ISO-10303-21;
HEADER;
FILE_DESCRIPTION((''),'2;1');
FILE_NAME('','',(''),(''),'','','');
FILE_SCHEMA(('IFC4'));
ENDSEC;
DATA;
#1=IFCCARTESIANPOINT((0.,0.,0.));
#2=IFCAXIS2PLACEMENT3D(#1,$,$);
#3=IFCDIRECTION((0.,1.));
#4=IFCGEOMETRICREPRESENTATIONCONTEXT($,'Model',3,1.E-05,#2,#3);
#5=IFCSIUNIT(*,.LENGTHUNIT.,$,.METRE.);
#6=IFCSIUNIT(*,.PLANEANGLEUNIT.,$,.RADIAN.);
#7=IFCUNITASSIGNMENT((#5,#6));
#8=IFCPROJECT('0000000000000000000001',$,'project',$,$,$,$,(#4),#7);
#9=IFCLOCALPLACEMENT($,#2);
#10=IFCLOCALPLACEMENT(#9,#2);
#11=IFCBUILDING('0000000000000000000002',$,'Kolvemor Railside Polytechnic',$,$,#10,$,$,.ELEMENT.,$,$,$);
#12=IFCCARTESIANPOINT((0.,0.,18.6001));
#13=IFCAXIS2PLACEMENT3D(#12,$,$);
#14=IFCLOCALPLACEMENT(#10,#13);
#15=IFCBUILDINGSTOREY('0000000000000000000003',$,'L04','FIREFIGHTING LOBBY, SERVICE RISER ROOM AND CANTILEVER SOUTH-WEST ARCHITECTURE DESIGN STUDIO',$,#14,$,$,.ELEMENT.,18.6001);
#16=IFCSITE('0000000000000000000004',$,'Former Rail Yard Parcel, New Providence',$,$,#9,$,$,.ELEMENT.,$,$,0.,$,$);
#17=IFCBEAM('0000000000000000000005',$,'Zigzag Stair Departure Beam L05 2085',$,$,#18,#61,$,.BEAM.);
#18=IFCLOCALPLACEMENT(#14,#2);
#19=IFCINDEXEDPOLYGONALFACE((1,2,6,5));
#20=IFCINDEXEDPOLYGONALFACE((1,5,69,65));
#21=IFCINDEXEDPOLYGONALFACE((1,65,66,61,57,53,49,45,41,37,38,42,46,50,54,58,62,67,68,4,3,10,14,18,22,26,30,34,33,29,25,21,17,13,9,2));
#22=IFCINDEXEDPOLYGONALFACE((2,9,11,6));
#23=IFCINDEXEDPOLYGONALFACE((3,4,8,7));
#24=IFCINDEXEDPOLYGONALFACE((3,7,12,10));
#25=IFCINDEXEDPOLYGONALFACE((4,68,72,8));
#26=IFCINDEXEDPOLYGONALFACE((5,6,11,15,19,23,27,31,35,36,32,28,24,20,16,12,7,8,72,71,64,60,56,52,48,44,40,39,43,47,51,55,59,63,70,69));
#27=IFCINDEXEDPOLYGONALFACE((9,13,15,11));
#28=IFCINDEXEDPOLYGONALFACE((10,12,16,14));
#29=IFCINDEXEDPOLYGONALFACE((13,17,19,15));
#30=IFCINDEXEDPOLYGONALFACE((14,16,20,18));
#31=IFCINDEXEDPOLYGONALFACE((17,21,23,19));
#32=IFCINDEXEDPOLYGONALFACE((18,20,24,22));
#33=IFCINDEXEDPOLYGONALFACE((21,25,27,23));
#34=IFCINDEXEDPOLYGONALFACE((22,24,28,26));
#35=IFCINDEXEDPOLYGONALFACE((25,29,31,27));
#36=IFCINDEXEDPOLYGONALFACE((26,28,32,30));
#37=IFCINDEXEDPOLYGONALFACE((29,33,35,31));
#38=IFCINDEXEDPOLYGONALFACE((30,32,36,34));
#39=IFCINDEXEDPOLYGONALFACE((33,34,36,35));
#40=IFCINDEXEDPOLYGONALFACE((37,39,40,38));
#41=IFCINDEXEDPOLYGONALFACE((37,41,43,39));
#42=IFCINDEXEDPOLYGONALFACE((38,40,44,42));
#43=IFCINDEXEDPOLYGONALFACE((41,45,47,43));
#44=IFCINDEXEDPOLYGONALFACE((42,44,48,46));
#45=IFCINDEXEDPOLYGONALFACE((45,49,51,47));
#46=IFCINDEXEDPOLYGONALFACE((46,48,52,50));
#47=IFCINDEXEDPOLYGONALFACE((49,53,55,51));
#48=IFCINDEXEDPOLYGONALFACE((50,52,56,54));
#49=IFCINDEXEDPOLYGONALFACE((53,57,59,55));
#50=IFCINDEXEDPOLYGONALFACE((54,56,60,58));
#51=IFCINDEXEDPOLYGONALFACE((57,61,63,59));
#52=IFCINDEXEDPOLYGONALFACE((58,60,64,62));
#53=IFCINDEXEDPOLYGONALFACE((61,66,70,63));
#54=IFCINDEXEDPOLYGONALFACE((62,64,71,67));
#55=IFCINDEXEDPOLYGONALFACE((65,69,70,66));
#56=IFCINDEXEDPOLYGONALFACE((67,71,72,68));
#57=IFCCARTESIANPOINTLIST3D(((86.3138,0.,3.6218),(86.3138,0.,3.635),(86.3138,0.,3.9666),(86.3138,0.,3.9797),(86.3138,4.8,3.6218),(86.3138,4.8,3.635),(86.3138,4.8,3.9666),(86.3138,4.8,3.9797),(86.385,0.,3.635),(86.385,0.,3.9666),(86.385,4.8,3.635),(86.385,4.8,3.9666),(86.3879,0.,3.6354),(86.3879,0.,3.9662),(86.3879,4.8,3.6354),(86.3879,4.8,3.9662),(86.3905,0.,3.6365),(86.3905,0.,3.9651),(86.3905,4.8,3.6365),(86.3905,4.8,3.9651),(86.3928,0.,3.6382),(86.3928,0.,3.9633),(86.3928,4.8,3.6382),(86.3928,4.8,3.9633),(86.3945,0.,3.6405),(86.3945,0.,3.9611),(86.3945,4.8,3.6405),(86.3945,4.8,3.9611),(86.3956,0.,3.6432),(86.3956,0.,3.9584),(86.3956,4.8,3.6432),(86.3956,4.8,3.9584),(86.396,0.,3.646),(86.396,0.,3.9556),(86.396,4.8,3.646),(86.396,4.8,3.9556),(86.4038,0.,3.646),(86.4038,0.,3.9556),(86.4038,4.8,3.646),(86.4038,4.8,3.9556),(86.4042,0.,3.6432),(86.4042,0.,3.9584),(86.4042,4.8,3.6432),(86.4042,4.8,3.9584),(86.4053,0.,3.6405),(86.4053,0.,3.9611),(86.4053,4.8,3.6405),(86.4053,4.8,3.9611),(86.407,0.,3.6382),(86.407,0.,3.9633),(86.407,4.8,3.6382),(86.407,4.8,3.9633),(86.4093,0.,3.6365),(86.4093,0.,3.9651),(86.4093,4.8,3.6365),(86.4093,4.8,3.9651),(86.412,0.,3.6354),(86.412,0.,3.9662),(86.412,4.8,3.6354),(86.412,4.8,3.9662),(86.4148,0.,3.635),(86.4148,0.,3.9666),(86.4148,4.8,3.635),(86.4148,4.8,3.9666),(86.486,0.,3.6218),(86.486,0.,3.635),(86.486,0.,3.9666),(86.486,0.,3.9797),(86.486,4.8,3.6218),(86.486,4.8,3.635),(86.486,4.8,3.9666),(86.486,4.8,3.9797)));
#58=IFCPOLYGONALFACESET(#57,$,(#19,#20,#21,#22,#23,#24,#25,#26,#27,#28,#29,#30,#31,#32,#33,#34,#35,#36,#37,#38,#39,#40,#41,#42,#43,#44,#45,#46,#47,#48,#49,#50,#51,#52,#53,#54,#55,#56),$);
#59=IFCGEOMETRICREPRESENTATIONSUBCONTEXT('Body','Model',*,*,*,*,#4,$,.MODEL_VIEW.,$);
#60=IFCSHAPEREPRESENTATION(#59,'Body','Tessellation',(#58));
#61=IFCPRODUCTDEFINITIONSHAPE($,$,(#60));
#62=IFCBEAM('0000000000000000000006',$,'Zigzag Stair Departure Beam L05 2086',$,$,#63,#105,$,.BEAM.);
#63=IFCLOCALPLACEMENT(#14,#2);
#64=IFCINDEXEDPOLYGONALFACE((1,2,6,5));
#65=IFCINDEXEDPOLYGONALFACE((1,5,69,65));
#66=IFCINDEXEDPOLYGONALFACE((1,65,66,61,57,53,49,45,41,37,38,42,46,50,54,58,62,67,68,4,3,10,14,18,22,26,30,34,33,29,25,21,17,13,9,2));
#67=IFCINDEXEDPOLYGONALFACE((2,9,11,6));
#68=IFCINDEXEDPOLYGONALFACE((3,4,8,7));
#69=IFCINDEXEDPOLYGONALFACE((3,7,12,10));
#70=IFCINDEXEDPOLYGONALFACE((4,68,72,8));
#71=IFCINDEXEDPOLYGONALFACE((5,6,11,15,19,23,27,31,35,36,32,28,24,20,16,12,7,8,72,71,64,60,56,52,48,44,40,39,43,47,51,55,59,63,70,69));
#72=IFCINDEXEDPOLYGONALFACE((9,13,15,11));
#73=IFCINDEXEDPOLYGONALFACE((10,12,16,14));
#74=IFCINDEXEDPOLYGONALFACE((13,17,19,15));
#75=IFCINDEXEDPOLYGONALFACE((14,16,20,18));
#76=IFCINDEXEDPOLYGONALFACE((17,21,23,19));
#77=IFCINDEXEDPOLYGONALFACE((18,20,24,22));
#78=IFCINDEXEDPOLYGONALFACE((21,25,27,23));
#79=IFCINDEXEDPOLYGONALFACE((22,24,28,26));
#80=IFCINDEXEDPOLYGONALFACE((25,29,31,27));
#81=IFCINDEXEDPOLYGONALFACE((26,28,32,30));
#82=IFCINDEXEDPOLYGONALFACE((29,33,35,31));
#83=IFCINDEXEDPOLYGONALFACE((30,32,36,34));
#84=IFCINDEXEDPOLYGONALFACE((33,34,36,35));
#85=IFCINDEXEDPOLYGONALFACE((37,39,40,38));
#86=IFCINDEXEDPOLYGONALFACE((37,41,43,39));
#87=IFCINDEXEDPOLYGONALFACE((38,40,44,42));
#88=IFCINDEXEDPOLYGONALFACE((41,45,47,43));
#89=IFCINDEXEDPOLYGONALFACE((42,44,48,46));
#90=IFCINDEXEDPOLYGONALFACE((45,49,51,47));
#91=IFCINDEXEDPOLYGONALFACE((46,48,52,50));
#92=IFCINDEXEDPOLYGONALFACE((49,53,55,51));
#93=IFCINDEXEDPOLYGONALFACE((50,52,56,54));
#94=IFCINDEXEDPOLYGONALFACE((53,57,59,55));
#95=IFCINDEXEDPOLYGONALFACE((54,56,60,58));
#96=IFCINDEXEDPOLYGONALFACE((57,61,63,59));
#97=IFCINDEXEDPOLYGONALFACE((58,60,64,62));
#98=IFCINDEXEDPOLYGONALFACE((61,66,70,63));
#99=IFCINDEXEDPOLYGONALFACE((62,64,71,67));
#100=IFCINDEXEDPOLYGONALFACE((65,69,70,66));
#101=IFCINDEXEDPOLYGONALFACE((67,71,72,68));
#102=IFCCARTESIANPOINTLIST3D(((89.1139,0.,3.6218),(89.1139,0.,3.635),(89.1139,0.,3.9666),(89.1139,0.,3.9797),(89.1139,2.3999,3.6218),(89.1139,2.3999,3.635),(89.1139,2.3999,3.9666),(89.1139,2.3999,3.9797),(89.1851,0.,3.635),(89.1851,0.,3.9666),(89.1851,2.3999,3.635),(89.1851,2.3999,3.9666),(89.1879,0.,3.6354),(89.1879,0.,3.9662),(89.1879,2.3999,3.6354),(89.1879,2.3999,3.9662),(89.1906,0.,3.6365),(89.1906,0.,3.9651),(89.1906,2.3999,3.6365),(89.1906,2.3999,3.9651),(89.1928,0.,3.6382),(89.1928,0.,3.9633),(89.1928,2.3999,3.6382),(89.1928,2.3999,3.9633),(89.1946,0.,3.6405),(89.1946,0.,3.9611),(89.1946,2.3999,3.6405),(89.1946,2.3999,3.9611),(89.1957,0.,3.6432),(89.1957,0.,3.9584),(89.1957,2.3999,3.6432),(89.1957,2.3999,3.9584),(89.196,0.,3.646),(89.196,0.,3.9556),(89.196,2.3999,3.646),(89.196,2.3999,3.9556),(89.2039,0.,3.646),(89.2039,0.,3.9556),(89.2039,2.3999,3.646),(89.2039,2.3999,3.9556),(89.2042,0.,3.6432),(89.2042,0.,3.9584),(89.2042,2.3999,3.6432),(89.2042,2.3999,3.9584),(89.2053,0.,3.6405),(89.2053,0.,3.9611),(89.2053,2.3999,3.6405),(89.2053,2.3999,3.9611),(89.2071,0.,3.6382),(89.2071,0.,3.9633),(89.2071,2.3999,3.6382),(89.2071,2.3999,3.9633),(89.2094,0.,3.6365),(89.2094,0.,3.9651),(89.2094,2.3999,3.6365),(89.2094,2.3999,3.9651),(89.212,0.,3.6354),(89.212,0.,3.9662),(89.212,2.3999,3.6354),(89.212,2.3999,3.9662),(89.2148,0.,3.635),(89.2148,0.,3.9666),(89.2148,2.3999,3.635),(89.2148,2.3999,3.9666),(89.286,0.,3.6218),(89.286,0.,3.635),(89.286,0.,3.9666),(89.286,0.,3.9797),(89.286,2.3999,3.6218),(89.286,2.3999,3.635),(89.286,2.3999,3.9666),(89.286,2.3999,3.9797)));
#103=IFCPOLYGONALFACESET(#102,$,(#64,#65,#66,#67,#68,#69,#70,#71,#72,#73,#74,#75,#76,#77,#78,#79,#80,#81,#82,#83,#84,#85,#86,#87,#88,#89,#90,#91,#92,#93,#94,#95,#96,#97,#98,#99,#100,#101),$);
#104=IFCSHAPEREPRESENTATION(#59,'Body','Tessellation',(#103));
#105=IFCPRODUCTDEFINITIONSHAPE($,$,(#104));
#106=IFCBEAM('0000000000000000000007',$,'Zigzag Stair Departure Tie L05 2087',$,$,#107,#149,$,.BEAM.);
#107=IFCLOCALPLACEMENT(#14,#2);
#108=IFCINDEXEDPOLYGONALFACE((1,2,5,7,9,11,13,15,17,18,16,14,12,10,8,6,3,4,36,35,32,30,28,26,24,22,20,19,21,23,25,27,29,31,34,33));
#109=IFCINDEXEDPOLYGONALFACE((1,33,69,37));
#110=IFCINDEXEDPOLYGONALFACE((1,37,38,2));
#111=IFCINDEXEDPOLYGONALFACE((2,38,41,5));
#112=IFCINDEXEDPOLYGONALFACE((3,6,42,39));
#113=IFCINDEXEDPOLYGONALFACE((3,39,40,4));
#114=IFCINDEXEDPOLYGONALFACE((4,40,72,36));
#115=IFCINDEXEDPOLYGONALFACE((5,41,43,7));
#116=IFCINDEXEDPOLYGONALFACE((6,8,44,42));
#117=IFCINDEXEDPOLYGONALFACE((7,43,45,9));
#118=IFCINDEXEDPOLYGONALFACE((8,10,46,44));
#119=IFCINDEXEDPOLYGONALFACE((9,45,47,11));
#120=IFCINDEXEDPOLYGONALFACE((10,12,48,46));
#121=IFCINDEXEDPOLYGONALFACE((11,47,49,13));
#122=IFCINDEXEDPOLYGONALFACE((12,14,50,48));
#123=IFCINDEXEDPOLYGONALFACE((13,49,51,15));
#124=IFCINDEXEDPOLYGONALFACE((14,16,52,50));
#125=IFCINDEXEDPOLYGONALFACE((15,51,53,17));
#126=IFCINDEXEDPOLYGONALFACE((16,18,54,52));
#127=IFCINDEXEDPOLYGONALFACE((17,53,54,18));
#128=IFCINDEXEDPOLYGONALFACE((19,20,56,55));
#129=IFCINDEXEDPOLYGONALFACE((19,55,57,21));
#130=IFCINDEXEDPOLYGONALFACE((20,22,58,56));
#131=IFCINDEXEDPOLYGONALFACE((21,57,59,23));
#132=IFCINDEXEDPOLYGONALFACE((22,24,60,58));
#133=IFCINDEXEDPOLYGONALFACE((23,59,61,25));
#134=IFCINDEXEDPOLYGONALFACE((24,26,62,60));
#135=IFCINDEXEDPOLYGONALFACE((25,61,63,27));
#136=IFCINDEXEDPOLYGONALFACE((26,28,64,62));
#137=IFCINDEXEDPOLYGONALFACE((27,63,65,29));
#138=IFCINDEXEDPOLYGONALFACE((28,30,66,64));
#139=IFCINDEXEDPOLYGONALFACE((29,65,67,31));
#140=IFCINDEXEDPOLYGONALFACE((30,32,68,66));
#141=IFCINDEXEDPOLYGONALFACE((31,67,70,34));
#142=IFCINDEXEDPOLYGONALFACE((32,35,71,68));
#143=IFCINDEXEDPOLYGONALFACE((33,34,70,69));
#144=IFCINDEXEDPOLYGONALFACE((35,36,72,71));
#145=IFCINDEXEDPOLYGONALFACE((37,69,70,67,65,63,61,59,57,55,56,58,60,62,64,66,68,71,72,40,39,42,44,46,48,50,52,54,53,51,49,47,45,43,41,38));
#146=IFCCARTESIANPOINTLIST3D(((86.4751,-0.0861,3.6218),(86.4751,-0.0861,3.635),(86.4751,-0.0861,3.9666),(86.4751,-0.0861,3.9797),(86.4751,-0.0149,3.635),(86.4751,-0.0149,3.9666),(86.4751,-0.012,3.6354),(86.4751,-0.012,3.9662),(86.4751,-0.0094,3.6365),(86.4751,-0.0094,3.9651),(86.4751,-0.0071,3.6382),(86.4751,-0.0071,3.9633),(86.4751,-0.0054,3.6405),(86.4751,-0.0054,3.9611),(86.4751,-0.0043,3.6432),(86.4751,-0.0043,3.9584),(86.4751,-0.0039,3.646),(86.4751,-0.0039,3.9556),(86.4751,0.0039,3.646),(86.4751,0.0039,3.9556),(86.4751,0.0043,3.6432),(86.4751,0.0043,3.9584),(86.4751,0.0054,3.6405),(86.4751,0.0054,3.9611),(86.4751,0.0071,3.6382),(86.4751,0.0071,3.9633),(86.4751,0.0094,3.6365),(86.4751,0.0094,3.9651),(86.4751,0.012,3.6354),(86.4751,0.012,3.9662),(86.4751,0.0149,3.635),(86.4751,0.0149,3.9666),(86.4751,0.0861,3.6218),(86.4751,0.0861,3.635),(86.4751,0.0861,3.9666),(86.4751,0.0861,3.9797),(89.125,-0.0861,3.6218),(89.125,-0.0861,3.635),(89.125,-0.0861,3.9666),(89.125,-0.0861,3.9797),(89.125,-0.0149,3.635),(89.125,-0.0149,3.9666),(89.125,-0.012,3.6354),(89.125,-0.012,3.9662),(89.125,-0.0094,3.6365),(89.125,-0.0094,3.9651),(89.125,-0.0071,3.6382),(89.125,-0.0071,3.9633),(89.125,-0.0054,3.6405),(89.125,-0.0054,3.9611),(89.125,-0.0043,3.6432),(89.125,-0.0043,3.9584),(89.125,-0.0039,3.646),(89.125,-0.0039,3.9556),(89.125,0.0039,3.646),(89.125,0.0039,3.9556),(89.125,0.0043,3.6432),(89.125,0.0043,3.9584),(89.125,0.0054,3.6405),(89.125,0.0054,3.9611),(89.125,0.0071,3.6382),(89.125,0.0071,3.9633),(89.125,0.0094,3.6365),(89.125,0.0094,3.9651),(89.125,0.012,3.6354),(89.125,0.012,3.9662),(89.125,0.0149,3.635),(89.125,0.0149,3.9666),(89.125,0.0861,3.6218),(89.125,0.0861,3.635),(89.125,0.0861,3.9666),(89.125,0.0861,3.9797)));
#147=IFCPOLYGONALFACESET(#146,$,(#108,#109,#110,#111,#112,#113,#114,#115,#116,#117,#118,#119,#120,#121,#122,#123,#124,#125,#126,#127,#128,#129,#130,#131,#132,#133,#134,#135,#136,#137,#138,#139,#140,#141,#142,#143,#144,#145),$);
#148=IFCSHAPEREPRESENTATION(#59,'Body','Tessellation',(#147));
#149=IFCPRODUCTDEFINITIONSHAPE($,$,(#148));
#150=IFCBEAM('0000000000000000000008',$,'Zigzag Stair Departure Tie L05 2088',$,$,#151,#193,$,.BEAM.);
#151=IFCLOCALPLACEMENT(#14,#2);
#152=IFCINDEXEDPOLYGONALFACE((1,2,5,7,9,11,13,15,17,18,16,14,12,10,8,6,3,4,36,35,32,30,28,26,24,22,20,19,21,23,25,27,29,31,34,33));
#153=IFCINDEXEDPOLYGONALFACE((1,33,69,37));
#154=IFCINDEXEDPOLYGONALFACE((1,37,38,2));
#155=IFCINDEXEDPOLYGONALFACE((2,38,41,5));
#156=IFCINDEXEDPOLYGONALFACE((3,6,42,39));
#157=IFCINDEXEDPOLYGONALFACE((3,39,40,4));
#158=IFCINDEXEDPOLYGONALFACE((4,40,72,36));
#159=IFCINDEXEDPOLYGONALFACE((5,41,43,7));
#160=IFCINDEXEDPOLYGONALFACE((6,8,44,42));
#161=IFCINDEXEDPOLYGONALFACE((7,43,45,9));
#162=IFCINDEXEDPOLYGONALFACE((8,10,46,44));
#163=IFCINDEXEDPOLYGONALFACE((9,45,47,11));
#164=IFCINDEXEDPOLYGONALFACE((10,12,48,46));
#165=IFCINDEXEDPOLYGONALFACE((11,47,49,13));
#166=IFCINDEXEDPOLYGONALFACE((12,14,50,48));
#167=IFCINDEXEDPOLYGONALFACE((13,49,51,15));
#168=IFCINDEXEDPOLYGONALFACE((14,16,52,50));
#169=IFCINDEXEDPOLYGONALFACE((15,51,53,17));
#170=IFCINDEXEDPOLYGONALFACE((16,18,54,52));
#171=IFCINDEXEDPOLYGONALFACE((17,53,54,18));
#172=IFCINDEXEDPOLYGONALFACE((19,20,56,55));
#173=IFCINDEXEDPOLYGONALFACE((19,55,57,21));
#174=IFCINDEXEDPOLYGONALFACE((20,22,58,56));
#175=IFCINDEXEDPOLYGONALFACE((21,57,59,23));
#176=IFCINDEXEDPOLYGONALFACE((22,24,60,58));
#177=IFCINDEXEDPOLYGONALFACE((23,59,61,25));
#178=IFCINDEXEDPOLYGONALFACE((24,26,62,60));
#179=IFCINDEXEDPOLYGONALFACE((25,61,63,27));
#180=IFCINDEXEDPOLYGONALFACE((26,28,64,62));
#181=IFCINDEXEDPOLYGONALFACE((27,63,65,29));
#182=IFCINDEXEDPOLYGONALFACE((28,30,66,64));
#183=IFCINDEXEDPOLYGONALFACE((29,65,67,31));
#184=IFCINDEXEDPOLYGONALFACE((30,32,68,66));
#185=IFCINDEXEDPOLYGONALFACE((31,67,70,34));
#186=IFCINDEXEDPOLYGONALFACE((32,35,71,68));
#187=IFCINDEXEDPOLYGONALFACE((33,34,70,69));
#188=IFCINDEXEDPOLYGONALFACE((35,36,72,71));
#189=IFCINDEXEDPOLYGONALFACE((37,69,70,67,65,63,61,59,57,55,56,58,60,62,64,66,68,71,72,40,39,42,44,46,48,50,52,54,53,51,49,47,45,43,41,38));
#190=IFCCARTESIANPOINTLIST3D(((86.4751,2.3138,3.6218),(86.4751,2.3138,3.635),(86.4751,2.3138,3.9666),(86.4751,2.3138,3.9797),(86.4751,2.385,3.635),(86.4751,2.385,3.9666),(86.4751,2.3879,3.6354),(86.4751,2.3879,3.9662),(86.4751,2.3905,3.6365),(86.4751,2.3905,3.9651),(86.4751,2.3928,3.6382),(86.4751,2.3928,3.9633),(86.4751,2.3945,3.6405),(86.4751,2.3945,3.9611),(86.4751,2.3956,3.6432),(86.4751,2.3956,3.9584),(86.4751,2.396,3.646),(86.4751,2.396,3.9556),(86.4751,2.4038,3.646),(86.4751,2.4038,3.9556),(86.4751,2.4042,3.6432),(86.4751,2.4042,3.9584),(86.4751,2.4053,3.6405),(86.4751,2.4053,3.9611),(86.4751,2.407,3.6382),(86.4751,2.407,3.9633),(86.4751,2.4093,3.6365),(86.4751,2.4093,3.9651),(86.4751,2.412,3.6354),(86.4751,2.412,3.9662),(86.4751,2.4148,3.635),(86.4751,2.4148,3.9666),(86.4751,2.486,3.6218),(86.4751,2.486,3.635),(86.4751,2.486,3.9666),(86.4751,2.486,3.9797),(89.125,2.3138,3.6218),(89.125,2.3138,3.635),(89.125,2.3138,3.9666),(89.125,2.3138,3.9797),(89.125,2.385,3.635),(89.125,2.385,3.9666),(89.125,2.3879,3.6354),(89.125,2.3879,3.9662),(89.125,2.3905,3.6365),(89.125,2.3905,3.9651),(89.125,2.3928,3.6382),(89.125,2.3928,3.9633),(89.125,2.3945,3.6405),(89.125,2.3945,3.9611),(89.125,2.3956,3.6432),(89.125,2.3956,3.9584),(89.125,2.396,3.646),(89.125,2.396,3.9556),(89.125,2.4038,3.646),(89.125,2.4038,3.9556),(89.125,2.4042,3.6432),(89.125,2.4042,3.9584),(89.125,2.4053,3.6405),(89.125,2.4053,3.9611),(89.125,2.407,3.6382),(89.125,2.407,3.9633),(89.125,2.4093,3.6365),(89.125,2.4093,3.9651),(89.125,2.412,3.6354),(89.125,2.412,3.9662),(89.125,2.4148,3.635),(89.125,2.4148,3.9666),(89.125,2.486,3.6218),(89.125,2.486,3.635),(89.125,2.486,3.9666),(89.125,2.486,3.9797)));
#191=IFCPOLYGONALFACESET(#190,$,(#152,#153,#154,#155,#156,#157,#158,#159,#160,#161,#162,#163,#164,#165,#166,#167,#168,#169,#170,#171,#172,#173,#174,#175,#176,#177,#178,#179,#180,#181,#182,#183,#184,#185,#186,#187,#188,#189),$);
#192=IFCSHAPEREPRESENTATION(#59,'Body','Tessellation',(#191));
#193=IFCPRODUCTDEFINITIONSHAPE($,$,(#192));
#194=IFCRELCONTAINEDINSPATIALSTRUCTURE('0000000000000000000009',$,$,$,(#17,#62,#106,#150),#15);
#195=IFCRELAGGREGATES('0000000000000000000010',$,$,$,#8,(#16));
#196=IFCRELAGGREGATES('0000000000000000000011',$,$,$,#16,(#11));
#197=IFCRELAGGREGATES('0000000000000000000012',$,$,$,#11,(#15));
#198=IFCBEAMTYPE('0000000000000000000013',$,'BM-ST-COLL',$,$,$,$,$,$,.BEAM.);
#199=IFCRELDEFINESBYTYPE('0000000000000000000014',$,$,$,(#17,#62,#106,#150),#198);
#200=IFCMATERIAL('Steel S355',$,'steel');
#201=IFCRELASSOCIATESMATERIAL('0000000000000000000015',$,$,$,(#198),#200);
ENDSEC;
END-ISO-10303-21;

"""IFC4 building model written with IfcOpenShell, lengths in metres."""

from ifc_helpers import new_model, si_unit, direction, frame, origin, origin_2d, place, context, subcontext, project, spatial, i_section, extrude, material, material_profile, profile_set, type_object, element, save


model = new_model("IFC4")

# Units and contexts
model_context = context("Model", 3, precision=1e-05, world=origin(), true_north=direction((0.0, 1.0)))
body_context = subcontext(model_context, "Body", "Model", "MODEL_VIEW")
ifc_project = project(units=[si_unit("LENGTHUNIT", "METRE"), si_unit("PLANEANGLEUNIT", "RADIAN")], contexts=[model_context])

# Site, building, storey
site_placement = place(None, origin())
site = spatial("IfcSite", under=ifc_project, at=site_placement, Name="Former Rail Yard Parcel, New Providence", CompositionType="ELEMENT", RefElevation=0.0)
building_placement = place(site_placement, origin())
building = spatial("IfcBuilding", under=site, at=building_placement, Name="Kolvemor Railside Polytechnic", CompositionType="ELEMENT")
storey_placement = place(building_placement, frame((0.0, 0.0, 18.6001)))
storey = spatial("IfcBuildingStorey", under=building, at=storey_placement, Name="L04", Description="FIREFIGHTING LOBBY, SERVICE RISER ROOM AND CANTILEVER SOUTH-WEST ARCHITECTURE DESIGN STUDIO", CompositionType="ELEMENT", Elevation=18.6001)

# Beams
ifc_material_1 = material(Name="Steel S355", Category="steel")
ifc_material_profile_1 = material_profile(ifc_material_1, i_section(OverallWidth=0.1721, OverallDepth=0.3579, WebThickness=0.0078, FlangeThickness=0.0132, FilletRadius=0.011, at=origin_2d()), Name="W360x57")
ifc_profile_set_1 = profile_set([ifc_material_profile_1], Name="Steel S355")
beam_type_1 = type_object("IfcBeamType", Name="BM-ST-COLL", PredefinedType="BEAM", material=ifc_profile_set_1)
beam_1_placement = place(storey_placement, frame((86.3999, 0.0, 3.8008), z_axis=(0.0, 1.0, 0.0), x_axis=(-1.0, 0.0, 0.0)))
element("IfcBeam", 1, at=beam_1_placement, inside=storey, type_object=beam_type_1, Name="Zigzag Stair Departure Beam L05 2085", PredefinedType="BEAM", context=body_context, shape_type="SweptSolid", body=[
    extrude(i_section(OverallWidth=0.1721, OverallDepth=0.3579, WebThickness=0.0078, FlangeThickness=0.0132, FilletRadius=0.011, at=origin_2d()), origin(), (0.0, 0.0, 1.0), 4.8),
])
beam_2_placement = place(storey_placement, frame((89.2, 0.0, 3.8008), z_axis=(0.0, 1.0, 0.0), x_axis=(-1.0, 0.0, 0.0)))
element("IfcBeam", 2, at=beam_2_placement, inside=storey, type_object=beam_type_1, Name="Zigzag Stair Departure Beam L05 2086", PredefinedType="BEAM", context=body_context, shape_type="SweptSolid", body=[
    extrude(i_section(OverallWidth=0.1721, OverallDepth=0.3579, WebThickness=0.0078, FlangeThickness=0.0132, FilletRadius=0.011, at=origin_2d()), origin(), (0.0, 0.0, 1.0), 2.3999),
])
for number, where, z_axis, x_axis, name in (
    (3, (86.4751, 0.0, 3.8008), (1.0, 0.0, 0.0), (0.0, 1.0, 0.0), "Zigzag Stair Departure Tie L05 2087"),
    (4, (86.4751, 2.3999, 3.8008), (1.0, 0.0, 0.0), (0.0, 1.0, 0.0), "Zigzag Stair Departure Tie L05 2088"),
):
    element("IfcBeam", number, at=place(storey_placement, frame(where, z_axis=z_axis, x_axis=x_axis)), inside=storey, type_object=beam_type_1, Name=name, PredefinedType="BEAM", context=body_context, shape_type="SweptSolid", body=[
        extrude(i_section(OverallWidth=0.1721, OverallDepth=0.3579, WebThickness=0.0078, FlangeThickness=0.0132, FilletRadius=0.011, at=origin_2d()), origin(), (0.0, 0.0, 1.0), 2.6499),
    ])

save(model, "model.ifc")
